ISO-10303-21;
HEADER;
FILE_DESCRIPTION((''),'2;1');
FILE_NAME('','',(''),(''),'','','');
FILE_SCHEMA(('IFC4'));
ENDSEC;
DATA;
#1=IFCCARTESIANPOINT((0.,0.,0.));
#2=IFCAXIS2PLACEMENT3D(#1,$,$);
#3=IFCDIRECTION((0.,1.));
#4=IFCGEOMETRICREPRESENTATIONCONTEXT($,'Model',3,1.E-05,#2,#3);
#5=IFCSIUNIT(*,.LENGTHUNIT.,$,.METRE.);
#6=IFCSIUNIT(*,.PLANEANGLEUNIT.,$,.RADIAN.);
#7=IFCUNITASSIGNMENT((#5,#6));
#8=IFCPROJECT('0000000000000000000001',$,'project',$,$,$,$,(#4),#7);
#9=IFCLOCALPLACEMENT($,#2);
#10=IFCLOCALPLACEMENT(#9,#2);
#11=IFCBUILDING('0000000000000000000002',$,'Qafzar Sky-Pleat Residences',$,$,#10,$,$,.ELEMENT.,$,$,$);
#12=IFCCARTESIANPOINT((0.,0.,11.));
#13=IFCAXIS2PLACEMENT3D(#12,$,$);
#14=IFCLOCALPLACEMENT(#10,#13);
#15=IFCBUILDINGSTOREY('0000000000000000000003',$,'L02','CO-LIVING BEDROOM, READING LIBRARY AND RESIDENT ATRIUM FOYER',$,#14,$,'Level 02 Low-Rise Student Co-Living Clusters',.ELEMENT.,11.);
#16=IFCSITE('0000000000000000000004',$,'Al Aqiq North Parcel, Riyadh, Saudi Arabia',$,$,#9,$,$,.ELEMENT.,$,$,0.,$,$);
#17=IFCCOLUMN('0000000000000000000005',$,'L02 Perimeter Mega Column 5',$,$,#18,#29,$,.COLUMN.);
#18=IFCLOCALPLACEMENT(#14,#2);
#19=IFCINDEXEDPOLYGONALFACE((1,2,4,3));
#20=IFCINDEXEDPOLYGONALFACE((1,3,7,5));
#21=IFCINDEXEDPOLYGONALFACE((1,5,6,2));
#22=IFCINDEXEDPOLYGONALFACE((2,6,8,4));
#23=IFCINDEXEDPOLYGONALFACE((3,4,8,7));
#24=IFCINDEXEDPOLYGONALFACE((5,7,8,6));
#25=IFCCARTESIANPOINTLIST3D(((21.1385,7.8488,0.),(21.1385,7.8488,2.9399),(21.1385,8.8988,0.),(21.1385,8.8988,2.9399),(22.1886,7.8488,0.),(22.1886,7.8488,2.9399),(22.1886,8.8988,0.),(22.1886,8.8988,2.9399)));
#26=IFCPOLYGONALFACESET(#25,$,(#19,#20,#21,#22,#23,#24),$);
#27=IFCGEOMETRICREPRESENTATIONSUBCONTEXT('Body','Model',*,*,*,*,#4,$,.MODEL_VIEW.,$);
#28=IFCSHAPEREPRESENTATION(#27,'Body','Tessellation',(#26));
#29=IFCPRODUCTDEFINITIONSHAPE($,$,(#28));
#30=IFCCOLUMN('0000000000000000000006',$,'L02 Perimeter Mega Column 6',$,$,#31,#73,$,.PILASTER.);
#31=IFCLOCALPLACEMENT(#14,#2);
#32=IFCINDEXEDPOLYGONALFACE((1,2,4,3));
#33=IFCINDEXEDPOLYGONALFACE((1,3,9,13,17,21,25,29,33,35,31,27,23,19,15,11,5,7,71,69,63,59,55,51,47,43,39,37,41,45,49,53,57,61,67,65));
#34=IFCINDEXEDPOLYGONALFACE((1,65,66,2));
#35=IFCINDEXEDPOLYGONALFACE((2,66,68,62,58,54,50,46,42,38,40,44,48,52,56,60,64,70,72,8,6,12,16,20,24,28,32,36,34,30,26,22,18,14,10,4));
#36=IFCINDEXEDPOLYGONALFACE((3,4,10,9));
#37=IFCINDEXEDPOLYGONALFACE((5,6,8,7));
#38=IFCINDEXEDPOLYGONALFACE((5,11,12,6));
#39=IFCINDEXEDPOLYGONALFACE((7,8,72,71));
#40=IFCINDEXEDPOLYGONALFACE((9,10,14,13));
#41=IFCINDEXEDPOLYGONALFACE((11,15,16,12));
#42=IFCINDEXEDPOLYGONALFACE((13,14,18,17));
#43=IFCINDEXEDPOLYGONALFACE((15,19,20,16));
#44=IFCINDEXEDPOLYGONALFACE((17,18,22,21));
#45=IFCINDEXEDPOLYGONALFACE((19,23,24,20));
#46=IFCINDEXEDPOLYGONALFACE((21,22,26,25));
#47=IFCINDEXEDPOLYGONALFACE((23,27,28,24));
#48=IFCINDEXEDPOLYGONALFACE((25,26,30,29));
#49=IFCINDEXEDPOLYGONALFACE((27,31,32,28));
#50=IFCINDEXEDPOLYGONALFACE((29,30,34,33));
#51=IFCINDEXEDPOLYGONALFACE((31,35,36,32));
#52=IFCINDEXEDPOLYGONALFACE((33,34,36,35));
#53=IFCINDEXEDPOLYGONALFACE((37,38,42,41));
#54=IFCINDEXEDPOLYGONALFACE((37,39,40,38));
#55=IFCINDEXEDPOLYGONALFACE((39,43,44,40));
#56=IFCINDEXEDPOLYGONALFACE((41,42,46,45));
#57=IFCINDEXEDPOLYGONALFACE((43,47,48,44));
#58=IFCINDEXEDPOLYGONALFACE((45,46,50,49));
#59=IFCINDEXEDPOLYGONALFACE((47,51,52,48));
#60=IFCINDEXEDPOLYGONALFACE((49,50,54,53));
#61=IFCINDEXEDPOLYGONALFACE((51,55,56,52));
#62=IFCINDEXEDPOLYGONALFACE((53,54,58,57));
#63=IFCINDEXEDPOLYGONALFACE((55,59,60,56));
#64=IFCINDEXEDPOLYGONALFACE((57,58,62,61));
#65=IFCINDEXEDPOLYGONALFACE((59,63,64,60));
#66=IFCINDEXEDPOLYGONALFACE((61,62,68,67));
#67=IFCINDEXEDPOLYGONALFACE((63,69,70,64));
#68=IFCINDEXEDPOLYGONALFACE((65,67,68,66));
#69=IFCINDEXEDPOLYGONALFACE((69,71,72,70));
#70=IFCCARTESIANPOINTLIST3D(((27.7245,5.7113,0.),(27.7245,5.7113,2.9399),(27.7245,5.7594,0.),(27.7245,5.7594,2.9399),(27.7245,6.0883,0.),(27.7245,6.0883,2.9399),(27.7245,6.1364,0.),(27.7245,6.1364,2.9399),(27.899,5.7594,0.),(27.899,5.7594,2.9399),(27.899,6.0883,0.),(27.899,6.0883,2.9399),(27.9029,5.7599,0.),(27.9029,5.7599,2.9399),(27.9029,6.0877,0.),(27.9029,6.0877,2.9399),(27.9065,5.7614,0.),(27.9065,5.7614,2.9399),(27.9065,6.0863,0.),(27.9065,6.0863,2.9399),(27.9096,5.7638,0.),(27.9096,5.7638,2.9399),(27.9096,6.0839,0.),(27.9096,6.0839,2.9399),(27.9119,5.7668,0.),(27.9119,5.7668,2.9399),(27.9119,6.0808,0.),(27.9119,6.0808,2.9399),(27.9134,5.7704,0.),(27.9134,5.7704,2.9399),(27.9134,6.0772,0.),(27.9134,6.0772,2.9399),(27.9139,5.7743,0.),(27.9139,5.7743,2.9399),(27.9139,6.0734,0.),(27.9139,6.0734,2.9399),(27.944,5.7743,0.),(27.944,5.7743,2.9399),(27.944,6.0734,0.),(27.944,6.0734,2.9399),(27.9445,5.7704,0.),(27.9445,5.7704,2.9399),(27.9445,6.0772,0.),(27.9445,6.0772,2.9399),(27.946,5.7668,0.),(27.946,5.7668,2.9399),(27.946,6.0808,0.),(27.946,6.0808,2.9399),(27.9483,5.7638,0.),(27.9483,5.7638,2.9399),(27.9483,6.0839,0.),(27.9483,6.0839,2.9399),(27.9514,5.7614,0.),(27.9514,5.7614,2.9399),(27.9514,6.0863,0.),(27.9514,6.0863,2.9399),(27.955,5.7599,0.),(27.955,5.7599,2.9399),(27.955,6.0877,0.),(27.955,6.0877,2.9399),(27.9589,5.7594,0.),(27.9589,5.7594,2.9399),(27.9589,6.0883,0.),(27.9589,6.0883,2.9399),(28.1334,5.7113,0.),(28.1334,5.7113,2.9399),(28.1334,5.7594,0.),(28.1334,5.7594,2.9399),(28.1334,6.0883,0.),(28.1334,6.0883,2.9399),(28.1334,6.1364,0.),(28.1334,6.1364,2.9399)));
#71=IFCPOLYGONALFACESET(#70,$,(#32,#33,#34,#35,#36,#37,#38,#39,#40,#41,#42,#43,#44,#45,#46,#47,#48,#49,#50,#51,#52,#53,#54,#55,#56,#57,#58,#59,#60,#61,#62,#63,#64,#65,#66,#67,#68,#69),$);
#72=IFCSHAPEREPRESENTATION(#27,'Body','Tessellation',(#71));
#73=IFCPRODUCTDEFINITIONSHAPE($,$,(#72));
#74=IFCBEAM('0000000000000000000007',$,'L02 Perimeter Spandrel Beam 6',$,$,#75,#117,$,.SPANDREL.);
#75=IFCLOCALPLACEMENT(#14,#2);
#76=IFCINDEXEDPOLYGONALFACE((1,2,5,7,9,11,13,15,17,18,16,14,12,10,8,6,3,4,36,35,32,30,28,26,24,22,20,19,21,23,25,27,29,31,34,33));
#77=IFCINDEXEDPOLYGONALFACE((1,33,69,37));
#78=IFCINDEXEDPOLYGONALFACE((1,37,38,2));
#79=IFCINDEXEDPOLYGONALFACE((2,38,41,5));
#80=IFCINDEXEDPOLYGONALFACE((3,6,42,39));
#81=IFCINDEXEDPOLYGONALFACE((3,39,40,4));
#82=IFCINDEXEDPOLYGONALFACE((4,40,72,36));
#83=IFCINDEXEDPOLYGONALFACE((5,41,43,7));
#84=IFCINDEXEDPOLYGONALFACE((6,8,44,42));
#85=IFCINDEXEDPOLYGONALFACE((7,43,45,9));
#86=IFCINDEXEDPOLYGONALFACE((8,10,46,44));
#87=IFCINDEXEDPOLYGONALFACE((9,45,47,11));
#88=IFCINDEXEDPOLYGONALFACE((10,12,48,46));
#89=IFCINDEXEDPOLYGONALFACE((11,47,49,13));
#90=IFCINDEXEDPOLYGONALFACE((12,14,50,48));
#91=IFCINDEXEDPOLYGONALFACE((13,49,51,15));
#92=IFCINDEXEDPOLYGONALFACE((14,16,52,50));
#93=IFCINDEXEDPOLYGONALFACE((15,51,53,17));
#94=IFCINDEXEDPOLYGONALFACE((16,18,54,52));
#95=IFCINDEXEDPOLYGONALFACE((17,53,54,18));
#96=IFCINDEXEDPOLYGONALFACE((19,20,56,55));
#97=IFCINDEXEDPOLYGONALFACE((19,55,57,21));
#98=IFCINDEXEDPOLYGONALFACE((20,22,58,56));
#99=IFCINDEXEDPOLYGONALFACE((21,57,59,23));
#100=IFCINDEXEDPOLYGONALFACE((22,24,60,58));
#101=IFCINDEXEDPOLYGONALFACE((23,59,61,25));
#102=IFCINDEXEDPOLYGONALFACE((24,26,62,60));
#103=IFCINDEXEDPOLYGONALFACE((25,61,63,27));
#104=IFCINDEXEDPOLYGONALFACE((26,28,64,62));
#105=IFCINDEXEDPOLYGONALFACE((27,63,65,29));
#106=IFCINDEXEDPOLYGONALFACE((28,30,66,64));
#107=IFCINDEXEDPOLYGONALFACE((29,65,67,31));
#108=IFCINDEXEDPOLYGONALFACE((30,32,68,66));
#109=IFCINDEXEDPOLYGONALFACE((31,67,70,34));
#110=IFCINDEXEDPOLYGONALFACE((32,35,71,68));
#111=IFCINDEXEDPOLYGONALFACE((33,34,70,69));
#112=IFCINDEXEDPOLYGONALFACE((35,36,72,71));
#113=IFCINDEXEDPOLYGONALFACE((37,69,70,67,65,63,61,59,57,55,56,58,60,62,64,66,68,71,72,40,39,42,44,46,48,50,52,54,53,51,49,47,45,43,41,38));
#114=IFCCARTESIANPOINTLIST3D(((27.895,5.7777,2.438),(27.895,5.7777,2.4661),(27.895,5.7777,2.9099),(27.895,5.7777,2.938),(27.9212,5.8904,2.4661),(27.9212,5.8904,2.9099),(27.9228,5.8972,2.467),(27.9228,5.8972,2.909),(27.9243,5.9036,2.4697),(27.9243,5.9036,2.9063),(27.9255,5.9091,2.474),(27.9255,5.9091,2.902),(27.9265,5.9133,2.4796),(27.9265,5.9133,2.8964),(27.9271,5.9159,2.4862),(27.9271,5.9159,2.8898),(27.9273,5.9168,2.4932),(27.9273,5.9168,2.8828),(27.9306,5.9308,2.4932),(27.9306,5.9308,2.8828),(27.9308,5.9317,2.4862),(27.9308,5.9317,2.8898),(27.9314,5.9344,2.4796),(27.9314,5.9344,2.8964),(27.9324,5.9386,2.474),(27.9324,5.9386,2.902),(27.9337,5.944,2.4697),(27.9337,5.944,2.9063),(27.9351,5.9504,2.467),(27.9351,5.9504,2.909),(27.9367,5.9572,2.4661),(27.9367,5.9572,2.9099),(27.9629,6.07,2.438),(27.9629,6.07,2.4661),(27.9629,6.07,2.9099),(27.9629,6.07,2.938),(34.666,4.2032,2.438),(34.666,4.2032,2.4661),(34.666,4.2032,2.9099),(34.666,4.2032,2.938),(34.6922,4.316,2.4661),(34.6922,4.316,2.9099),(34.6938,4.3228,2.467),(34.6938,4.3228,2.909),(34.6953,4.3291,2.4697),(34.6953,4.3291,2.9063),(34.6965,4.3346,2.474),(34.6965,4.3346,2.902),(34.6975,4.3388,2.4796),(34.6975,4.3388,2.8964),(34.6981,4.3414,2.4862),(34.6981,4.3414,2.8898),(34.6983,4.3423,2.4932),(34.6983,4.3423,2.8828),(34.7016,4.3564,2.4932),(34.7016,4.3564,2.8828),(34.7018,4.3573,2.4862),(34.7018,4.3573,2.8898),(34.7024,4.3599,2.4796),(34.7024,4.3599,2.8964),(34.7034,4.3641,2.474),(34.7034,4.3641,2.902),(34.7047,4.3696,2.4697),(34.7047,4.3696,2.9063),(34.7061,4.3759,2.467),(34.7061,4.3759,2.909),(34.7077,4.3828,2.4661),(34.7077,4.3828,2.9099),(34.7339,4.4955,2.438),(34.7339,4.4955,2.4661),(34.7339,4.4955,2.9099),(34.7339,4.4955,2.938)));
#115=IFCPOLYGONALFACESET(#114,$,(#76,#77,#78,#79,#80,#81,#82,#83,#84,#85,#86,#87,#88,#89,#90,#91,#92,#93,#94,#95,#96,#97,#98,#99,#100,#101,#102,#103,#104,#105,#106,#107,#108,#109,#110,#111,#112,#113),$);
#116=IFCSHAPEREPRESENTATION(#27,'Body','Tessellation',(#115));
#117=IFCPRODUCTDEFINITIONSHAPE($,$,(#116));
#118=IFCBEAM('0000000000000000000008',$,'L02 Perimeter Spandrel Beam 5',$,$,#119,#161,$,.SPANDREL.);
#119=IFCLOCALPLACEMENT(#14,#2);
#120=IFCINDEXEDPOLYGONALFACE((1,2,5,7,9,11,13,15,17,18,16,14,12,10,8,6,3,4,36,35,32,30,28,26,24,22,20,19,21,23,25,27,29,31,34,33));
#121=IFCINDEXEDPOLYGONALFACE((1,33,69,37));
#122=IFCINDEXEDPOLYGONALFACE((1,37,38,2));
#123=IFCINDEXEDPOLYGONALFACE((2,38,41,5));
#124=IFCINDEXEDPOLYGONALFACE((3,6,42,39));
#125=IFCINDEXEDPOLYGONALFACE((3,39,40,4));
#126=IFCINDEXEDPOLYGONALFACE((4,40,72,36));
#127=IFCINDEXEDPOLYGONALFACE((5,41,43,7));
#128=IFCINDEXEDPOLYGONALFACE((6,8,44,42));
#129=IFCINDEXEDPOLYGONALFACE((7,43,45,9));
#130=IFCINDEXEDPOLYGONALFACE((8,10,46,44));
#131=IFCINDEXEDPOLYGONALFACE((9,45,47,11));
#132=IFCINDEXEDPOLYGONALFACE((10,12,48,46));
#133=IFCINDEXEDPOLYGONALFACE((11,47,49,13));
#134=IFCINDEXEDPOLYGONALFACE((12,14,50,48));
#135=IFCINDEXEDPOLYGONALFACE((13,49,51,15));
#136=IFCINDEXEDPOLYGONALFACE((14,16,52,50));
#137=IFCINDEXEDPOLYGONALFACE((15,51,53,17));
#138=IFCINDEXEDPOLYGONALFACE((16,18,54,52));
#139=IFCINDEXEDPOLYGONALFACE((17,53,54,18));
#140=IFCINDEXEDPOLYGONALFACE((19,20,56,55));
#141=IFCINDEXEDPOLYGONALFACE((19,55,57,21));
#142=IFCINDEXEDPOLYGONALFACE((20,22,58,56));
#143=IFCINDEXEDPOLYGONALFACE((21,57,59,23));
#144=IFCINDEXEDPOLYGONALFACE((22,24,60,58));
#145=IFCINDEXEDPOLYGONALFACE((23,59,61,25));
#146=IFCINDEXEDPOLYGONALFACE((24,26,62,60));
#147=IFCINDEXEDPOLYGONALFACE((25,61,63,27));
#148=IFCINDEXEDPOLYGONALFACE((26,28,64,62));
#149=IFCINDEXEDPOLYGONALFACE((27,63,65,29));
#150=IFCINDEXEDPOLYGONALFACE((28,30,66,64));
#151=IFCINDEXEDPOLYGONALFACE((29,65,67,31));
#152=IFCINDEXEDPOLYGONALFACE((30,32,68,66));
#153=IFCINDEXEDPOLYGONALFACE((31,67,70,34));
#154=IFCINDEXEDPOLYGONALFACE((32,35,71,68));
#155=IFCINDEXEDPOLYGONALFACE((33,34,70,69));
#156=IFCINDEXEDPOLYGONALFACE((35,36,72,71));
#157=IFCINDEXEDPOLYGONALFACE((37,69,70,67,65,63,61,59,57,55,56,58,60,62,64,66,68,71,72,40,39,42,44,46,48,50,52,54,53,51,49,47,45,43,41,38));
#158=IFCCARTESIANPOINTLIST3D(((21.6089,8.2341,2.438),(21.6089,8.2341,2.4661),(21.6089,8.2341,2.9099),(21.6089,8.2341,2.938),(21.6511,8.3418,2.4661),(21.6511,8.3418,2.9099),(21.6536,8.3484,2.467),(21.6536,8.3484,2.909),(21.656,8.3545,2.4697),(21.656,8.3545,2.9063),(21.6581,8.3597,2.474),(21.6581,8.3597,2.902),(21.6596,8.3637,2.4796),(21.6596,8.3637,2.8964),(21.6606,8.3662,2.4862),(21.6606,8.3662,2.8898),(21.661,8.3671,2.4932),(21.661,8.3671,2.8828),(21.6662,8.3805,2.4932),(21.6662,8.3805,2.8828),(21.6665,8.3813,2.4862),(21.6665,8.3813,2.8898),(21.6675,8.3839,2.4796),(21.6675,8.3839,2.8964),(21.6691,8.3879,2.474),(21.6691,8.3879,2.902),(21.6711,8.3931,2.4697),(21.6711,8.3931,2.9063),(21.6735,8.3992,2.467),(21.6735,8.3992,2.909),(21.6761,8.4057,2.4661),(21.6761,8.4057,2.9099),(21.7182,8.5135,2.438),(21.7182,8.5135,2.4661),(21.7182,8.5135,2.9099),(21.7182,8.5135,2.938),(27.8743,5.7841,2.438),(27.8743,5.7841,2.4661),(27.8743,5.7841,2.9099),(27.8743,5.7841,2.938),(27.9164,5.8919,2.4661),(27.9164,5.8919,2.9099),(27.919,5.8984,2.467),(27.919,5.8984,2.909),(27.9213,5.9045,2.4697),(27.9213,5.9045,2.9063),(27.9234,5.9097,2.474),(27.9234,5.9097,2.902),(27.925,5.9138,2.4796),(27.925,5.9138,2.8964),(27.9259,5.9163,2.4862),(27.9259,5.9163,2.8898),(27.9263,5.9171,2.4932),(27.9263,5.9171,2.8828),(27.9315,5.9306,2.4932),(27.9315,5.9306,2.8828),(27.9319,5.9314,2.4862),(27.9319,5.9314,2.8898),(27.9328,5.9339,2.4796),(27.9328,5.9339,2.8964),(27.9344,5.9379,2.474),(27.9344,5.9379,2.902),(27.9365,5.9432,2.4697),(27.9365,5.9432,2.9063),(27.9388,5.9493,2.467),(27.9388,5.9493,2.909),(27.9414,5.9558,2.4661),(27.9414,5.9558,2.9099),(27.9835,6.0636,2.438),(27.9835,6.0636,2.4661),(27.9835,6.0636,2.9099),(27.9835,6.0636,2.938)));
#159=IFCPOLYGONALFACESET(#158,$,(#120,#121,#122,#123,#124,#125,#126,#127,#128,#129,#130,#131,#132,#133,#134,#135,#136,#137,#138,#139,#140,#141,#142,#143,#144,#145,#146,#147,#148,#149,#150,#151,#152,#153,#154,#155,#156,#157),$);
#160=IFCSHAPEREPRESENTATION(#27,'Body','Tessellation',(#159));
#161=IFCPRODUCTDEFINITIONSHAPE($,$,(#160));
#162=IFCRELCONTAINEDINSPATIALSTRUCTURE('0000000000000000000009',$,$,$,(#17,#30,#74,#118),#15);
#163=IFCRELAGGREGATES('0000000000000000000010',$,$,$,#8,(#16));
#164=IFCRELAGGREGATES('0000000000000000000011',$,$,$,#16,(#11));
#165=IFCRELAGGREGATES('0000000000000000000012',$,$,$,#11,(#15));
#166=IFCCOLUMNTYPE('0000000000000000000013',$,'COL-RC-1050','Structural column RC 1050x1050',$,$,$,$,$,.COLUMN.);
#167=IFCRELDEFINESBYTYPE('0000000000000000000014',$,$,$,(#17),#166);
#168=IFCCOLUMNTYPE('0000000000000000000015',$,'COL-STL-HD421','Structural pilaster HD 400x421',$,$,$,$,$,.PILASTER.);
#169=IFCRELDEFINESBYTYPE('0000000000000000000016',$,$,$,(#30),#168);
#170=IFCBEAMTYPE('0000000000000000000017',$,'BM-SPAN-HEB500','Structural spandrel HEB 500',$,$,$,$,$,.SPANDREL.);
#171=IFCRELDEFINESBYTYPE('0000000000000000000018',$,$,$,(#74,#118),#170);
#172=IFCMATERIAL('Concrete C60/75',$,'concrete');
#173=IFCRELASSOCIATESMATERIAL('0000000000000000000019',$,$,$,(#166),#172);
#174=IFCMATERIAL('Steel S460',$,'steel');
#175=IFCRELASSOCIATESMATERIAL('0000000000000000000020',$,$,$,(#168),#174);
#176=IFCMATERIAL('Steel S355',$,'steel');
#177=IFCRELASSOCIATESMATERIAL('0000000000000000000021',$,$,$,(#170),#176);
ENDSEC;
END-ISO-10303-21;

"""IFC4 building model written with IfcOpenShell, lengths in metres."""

from ifc_helpers import new_model, si_unit, direction, frame, origin, origin_2d, place, context, subcontext, project, spatial, rectangle, i_section, extrude, source, transform, mapped, material, material_profile, profile_set, type_object, element, save


model = new_model("IFC4")

# Units and contexts
model_context = context("Model", 3, precision=1e-05, world=origin(), true_north=direction((0.0, 1.0)))
body_context = subcontext(model_context, "Body", "Model", "MODEL_VIEW")
ifc_project = project(units=[si_unit("LENGTHUNIT", "METRE"), si_unit("PLANEANGLEUNIT", "RADIAN")], contexts=[model_context])

# Site, building, storey
site_placement = place(None, origin())
site = spatial("IfcSite", under=ifc_project, at=site_placement, Name="Al Aqiq North Parcel, Riyadh, Saudi Arabia", CompositionType="ELEMENT", RefElevation=0.0)
building_placement = place(site_placement, origin())
building = spatial("IfcBuilding", under=site, at=building_placement, Name="Qafzar Sky-Pleat Residences", CompositionType="ELEMENT")
storey_placement = place(building_placement, frame((0.0, 0.0, 11.0)))
storey = spatial("IfcBuildingStorey", under=building, at=storey_placement, Name="L02", Description="CO-LIVING BEDROOM, READING LIBRARY AND RESIDENT ATRIUM FOYER", LongName="Level 02 Low-Rise Student Co-Living Clusters", CompositionType="ELEMENT", Elevation=11.0)

# Columns
ifc_material_1 = material(Name="Concrete C60/75", Category="concrete")
ifc_material_profile_1 = material_profile(ifc_material_1, rectangle(XDim=1.05, YDim=1.05, at=origin_2d()), Name="RC 1050x1050")
ifc_profile_set_1 = profile_set([ifc_material_profile_1], Name="Concrete C60/75")
column_type_1 = type_object("IfcColumnType", Name="COL-RC-1050", Description="Structural column RC 1050x1050", PredefinedType="COLUMN", material=ifc_profile_set_1)
shared_shape_1 = source(origin(), body_context, "Body", "SweptSolid", [
    extrude(rectangle(XDim=1.05, YDim=1.05, at=origin_2d()), origin(), (0.0, 0.0, 1.0), 2.9399),
])
column_1_placement = place(storey_placement, frame((21.6636, 8.3738, 0.0), z_axis=(0.0, 0.0, 1.0), x_axis=(1.0, 0.0, 0.0)))
element("IfcColumn", 1, at=column_1_placement, inside=storey, type_object=column_type_1, Name="L02 Perimeter Mega Column 5", PredefinedType="COLUMN", context=body_context, shape_type="MappedRepresentation", body=[
    mapped(shared_shape_1, transform((0.0, 0.0, 0.0), x_axis=(1.0, 0.0, 0.0), y_axis=(0.0, 1.0, 0.0), z_axis=(0.0, 0.0, 1.0), scale=1.0)),
])
ifc_material_2 = material(Name="Steel S460", Category="steel")
ifc_material_profile_2 = material_profile(ifc_material_2, i_section(OverallWidth=0.4089, OverallDepth=0.425, WebThickness=0.03, FlangeThickness=0.0481, FilletRadius=0.0149, at=origin_2d()), Name="HD 400x421")
ifc_profile_set_2 = profile_set([ifc_material_profile_2], Name="Steel S460")
column_type_2 = type_object("IfcColumnType", Name="COL-STL-HD421", Description="Structural pilaster HD 400x421", PredefinedType="PILASTER", material=ifc_profile_set_2)
shared_shape_2 = source(origin(), body_context, "Body", "SweptSolid", [
    extrude(i_section(OverallWidth=0.4089, OverallDepth=0.425, WebThickness=0.03, FlangeThickness=0.0481, FilletRadius=0.0149, at=origin_2d()), origin(), (0.0, 0.0, 1.0), 2.9399),
])
column_2_placement = place(storey_placement, frame((27.929, 5.9238, 0.0), z_axis=(0.0, 0.0, 1.0), x_axis=(1.0, 0.0, 0.0)))
element("IfcColumn", 2, at=column_2_placement, inside=storey, type_object=column_type_2, Name="L02 Perimeter Mega Column 6", PredefinedType="PILASTER", context=body_context, shape_type="MappedRepresentation", body=[
    mapped(shared_shape_2, transform((0.0, 0.0, 0.0), x_axis=(1.0, 0.0, 0.0), y_axis=(0.0, 1.0, 0.0), z_axis=(0.0, 0.0, 1.0), scale=1.0)),
])

# Beams
ifc_material_3 = material(Name="Steel S355", Category="steel")
ifc_material_profile_3 = material_profile(ifc_material_3, i_section(OverallWidth=0.3, OverallDepth=0.5, WebThickness=0.0144, FlangeThickness=0.0281, FilletRadius=0.0271, at=origin_2d()), Name="HEB 500")
ifc_profile_set_3 = profile_set([ifc_material_profile_3], Name="Steel S355")
beam_type_1 = type_object("IfcBeamType", Name="BM-SPAN-HEB500", Description="Structural spandrel HEB 500", PredefinedType="SPANDREL", material=ifc_profile_set_3)
shared_shape_3 = source(origin(), body_context, "Body", "SweptSolid", [
    extrude(i_section(OverallWidth=0.3, OverallDepth=0.5, WebThickness=0.0144, FlangeThickness=0.0281, FilletRadius=0.0271, at=origin_2d()), origin(), (0.0, 0.0, 1.0), 6.9517),
])
beam_1_placement = place(storey_placement, frame((27.929, 5.9238, 2.688), z_axis=(0.974014, -0.226488, 0.0), x_axis=(0.226488, 0.974014, 0.0)))
element("IfcBeam", 3, at=beam_1_placement, inside=storey, type_object=beam_type_1, Name="L02 Perimeter Spandrel Beam 6", PredefinedType="SPANDREL", context=body_context, shape_type="MappedRepresentation", body=[
    mapped(shared_shape_3, transform((0.0, 0.0, 0.0), x_axis=(1.0, 0.0, 0.0), y_axis=(0.0, 1.0, 0.0), z_axis=(0.0, 0.0, 1.0), scale=1.0)),
])
shared_shape_4 = source(origin(), body_context, "Body", "SweptSolid", [
    extrude(i_section(OverallWidth=0.3, OverallDepth=0.5, WebThickness=0.0144, FlangeThickness=0.0281, FilletRadius=0.0271, at=origin_2d()), origin(), (0.0, 0.0, 1.0), 6.7273),
])
beam_2_placement = place(storey_placement, frame((21.6636, 8.3738, 2.688), z_axis=(0.931329, -0.364178, 0.0), x_axis=(0.364178, 0.931329, 0.0)))
element("IfcBeam", 4, at=beam_2_placement, inside=storey, type_object=beam_type_1, Name="L02 Perimeter Spandrel Beam 5", PredefinedType="SPANDREL", context=body_context, shape_type="MappedRepresentation", body=[
    mapped(shared_shape_4, transform((0.0, 0.0, 0.0), x_axis=(1.0, 0.0, 0.0), y_axis=(0.0, 1.0, 0.0), z_axis=(0.0, 0.0, 1.0), scale=1.0)),
])

save(model, "model.ifc")
